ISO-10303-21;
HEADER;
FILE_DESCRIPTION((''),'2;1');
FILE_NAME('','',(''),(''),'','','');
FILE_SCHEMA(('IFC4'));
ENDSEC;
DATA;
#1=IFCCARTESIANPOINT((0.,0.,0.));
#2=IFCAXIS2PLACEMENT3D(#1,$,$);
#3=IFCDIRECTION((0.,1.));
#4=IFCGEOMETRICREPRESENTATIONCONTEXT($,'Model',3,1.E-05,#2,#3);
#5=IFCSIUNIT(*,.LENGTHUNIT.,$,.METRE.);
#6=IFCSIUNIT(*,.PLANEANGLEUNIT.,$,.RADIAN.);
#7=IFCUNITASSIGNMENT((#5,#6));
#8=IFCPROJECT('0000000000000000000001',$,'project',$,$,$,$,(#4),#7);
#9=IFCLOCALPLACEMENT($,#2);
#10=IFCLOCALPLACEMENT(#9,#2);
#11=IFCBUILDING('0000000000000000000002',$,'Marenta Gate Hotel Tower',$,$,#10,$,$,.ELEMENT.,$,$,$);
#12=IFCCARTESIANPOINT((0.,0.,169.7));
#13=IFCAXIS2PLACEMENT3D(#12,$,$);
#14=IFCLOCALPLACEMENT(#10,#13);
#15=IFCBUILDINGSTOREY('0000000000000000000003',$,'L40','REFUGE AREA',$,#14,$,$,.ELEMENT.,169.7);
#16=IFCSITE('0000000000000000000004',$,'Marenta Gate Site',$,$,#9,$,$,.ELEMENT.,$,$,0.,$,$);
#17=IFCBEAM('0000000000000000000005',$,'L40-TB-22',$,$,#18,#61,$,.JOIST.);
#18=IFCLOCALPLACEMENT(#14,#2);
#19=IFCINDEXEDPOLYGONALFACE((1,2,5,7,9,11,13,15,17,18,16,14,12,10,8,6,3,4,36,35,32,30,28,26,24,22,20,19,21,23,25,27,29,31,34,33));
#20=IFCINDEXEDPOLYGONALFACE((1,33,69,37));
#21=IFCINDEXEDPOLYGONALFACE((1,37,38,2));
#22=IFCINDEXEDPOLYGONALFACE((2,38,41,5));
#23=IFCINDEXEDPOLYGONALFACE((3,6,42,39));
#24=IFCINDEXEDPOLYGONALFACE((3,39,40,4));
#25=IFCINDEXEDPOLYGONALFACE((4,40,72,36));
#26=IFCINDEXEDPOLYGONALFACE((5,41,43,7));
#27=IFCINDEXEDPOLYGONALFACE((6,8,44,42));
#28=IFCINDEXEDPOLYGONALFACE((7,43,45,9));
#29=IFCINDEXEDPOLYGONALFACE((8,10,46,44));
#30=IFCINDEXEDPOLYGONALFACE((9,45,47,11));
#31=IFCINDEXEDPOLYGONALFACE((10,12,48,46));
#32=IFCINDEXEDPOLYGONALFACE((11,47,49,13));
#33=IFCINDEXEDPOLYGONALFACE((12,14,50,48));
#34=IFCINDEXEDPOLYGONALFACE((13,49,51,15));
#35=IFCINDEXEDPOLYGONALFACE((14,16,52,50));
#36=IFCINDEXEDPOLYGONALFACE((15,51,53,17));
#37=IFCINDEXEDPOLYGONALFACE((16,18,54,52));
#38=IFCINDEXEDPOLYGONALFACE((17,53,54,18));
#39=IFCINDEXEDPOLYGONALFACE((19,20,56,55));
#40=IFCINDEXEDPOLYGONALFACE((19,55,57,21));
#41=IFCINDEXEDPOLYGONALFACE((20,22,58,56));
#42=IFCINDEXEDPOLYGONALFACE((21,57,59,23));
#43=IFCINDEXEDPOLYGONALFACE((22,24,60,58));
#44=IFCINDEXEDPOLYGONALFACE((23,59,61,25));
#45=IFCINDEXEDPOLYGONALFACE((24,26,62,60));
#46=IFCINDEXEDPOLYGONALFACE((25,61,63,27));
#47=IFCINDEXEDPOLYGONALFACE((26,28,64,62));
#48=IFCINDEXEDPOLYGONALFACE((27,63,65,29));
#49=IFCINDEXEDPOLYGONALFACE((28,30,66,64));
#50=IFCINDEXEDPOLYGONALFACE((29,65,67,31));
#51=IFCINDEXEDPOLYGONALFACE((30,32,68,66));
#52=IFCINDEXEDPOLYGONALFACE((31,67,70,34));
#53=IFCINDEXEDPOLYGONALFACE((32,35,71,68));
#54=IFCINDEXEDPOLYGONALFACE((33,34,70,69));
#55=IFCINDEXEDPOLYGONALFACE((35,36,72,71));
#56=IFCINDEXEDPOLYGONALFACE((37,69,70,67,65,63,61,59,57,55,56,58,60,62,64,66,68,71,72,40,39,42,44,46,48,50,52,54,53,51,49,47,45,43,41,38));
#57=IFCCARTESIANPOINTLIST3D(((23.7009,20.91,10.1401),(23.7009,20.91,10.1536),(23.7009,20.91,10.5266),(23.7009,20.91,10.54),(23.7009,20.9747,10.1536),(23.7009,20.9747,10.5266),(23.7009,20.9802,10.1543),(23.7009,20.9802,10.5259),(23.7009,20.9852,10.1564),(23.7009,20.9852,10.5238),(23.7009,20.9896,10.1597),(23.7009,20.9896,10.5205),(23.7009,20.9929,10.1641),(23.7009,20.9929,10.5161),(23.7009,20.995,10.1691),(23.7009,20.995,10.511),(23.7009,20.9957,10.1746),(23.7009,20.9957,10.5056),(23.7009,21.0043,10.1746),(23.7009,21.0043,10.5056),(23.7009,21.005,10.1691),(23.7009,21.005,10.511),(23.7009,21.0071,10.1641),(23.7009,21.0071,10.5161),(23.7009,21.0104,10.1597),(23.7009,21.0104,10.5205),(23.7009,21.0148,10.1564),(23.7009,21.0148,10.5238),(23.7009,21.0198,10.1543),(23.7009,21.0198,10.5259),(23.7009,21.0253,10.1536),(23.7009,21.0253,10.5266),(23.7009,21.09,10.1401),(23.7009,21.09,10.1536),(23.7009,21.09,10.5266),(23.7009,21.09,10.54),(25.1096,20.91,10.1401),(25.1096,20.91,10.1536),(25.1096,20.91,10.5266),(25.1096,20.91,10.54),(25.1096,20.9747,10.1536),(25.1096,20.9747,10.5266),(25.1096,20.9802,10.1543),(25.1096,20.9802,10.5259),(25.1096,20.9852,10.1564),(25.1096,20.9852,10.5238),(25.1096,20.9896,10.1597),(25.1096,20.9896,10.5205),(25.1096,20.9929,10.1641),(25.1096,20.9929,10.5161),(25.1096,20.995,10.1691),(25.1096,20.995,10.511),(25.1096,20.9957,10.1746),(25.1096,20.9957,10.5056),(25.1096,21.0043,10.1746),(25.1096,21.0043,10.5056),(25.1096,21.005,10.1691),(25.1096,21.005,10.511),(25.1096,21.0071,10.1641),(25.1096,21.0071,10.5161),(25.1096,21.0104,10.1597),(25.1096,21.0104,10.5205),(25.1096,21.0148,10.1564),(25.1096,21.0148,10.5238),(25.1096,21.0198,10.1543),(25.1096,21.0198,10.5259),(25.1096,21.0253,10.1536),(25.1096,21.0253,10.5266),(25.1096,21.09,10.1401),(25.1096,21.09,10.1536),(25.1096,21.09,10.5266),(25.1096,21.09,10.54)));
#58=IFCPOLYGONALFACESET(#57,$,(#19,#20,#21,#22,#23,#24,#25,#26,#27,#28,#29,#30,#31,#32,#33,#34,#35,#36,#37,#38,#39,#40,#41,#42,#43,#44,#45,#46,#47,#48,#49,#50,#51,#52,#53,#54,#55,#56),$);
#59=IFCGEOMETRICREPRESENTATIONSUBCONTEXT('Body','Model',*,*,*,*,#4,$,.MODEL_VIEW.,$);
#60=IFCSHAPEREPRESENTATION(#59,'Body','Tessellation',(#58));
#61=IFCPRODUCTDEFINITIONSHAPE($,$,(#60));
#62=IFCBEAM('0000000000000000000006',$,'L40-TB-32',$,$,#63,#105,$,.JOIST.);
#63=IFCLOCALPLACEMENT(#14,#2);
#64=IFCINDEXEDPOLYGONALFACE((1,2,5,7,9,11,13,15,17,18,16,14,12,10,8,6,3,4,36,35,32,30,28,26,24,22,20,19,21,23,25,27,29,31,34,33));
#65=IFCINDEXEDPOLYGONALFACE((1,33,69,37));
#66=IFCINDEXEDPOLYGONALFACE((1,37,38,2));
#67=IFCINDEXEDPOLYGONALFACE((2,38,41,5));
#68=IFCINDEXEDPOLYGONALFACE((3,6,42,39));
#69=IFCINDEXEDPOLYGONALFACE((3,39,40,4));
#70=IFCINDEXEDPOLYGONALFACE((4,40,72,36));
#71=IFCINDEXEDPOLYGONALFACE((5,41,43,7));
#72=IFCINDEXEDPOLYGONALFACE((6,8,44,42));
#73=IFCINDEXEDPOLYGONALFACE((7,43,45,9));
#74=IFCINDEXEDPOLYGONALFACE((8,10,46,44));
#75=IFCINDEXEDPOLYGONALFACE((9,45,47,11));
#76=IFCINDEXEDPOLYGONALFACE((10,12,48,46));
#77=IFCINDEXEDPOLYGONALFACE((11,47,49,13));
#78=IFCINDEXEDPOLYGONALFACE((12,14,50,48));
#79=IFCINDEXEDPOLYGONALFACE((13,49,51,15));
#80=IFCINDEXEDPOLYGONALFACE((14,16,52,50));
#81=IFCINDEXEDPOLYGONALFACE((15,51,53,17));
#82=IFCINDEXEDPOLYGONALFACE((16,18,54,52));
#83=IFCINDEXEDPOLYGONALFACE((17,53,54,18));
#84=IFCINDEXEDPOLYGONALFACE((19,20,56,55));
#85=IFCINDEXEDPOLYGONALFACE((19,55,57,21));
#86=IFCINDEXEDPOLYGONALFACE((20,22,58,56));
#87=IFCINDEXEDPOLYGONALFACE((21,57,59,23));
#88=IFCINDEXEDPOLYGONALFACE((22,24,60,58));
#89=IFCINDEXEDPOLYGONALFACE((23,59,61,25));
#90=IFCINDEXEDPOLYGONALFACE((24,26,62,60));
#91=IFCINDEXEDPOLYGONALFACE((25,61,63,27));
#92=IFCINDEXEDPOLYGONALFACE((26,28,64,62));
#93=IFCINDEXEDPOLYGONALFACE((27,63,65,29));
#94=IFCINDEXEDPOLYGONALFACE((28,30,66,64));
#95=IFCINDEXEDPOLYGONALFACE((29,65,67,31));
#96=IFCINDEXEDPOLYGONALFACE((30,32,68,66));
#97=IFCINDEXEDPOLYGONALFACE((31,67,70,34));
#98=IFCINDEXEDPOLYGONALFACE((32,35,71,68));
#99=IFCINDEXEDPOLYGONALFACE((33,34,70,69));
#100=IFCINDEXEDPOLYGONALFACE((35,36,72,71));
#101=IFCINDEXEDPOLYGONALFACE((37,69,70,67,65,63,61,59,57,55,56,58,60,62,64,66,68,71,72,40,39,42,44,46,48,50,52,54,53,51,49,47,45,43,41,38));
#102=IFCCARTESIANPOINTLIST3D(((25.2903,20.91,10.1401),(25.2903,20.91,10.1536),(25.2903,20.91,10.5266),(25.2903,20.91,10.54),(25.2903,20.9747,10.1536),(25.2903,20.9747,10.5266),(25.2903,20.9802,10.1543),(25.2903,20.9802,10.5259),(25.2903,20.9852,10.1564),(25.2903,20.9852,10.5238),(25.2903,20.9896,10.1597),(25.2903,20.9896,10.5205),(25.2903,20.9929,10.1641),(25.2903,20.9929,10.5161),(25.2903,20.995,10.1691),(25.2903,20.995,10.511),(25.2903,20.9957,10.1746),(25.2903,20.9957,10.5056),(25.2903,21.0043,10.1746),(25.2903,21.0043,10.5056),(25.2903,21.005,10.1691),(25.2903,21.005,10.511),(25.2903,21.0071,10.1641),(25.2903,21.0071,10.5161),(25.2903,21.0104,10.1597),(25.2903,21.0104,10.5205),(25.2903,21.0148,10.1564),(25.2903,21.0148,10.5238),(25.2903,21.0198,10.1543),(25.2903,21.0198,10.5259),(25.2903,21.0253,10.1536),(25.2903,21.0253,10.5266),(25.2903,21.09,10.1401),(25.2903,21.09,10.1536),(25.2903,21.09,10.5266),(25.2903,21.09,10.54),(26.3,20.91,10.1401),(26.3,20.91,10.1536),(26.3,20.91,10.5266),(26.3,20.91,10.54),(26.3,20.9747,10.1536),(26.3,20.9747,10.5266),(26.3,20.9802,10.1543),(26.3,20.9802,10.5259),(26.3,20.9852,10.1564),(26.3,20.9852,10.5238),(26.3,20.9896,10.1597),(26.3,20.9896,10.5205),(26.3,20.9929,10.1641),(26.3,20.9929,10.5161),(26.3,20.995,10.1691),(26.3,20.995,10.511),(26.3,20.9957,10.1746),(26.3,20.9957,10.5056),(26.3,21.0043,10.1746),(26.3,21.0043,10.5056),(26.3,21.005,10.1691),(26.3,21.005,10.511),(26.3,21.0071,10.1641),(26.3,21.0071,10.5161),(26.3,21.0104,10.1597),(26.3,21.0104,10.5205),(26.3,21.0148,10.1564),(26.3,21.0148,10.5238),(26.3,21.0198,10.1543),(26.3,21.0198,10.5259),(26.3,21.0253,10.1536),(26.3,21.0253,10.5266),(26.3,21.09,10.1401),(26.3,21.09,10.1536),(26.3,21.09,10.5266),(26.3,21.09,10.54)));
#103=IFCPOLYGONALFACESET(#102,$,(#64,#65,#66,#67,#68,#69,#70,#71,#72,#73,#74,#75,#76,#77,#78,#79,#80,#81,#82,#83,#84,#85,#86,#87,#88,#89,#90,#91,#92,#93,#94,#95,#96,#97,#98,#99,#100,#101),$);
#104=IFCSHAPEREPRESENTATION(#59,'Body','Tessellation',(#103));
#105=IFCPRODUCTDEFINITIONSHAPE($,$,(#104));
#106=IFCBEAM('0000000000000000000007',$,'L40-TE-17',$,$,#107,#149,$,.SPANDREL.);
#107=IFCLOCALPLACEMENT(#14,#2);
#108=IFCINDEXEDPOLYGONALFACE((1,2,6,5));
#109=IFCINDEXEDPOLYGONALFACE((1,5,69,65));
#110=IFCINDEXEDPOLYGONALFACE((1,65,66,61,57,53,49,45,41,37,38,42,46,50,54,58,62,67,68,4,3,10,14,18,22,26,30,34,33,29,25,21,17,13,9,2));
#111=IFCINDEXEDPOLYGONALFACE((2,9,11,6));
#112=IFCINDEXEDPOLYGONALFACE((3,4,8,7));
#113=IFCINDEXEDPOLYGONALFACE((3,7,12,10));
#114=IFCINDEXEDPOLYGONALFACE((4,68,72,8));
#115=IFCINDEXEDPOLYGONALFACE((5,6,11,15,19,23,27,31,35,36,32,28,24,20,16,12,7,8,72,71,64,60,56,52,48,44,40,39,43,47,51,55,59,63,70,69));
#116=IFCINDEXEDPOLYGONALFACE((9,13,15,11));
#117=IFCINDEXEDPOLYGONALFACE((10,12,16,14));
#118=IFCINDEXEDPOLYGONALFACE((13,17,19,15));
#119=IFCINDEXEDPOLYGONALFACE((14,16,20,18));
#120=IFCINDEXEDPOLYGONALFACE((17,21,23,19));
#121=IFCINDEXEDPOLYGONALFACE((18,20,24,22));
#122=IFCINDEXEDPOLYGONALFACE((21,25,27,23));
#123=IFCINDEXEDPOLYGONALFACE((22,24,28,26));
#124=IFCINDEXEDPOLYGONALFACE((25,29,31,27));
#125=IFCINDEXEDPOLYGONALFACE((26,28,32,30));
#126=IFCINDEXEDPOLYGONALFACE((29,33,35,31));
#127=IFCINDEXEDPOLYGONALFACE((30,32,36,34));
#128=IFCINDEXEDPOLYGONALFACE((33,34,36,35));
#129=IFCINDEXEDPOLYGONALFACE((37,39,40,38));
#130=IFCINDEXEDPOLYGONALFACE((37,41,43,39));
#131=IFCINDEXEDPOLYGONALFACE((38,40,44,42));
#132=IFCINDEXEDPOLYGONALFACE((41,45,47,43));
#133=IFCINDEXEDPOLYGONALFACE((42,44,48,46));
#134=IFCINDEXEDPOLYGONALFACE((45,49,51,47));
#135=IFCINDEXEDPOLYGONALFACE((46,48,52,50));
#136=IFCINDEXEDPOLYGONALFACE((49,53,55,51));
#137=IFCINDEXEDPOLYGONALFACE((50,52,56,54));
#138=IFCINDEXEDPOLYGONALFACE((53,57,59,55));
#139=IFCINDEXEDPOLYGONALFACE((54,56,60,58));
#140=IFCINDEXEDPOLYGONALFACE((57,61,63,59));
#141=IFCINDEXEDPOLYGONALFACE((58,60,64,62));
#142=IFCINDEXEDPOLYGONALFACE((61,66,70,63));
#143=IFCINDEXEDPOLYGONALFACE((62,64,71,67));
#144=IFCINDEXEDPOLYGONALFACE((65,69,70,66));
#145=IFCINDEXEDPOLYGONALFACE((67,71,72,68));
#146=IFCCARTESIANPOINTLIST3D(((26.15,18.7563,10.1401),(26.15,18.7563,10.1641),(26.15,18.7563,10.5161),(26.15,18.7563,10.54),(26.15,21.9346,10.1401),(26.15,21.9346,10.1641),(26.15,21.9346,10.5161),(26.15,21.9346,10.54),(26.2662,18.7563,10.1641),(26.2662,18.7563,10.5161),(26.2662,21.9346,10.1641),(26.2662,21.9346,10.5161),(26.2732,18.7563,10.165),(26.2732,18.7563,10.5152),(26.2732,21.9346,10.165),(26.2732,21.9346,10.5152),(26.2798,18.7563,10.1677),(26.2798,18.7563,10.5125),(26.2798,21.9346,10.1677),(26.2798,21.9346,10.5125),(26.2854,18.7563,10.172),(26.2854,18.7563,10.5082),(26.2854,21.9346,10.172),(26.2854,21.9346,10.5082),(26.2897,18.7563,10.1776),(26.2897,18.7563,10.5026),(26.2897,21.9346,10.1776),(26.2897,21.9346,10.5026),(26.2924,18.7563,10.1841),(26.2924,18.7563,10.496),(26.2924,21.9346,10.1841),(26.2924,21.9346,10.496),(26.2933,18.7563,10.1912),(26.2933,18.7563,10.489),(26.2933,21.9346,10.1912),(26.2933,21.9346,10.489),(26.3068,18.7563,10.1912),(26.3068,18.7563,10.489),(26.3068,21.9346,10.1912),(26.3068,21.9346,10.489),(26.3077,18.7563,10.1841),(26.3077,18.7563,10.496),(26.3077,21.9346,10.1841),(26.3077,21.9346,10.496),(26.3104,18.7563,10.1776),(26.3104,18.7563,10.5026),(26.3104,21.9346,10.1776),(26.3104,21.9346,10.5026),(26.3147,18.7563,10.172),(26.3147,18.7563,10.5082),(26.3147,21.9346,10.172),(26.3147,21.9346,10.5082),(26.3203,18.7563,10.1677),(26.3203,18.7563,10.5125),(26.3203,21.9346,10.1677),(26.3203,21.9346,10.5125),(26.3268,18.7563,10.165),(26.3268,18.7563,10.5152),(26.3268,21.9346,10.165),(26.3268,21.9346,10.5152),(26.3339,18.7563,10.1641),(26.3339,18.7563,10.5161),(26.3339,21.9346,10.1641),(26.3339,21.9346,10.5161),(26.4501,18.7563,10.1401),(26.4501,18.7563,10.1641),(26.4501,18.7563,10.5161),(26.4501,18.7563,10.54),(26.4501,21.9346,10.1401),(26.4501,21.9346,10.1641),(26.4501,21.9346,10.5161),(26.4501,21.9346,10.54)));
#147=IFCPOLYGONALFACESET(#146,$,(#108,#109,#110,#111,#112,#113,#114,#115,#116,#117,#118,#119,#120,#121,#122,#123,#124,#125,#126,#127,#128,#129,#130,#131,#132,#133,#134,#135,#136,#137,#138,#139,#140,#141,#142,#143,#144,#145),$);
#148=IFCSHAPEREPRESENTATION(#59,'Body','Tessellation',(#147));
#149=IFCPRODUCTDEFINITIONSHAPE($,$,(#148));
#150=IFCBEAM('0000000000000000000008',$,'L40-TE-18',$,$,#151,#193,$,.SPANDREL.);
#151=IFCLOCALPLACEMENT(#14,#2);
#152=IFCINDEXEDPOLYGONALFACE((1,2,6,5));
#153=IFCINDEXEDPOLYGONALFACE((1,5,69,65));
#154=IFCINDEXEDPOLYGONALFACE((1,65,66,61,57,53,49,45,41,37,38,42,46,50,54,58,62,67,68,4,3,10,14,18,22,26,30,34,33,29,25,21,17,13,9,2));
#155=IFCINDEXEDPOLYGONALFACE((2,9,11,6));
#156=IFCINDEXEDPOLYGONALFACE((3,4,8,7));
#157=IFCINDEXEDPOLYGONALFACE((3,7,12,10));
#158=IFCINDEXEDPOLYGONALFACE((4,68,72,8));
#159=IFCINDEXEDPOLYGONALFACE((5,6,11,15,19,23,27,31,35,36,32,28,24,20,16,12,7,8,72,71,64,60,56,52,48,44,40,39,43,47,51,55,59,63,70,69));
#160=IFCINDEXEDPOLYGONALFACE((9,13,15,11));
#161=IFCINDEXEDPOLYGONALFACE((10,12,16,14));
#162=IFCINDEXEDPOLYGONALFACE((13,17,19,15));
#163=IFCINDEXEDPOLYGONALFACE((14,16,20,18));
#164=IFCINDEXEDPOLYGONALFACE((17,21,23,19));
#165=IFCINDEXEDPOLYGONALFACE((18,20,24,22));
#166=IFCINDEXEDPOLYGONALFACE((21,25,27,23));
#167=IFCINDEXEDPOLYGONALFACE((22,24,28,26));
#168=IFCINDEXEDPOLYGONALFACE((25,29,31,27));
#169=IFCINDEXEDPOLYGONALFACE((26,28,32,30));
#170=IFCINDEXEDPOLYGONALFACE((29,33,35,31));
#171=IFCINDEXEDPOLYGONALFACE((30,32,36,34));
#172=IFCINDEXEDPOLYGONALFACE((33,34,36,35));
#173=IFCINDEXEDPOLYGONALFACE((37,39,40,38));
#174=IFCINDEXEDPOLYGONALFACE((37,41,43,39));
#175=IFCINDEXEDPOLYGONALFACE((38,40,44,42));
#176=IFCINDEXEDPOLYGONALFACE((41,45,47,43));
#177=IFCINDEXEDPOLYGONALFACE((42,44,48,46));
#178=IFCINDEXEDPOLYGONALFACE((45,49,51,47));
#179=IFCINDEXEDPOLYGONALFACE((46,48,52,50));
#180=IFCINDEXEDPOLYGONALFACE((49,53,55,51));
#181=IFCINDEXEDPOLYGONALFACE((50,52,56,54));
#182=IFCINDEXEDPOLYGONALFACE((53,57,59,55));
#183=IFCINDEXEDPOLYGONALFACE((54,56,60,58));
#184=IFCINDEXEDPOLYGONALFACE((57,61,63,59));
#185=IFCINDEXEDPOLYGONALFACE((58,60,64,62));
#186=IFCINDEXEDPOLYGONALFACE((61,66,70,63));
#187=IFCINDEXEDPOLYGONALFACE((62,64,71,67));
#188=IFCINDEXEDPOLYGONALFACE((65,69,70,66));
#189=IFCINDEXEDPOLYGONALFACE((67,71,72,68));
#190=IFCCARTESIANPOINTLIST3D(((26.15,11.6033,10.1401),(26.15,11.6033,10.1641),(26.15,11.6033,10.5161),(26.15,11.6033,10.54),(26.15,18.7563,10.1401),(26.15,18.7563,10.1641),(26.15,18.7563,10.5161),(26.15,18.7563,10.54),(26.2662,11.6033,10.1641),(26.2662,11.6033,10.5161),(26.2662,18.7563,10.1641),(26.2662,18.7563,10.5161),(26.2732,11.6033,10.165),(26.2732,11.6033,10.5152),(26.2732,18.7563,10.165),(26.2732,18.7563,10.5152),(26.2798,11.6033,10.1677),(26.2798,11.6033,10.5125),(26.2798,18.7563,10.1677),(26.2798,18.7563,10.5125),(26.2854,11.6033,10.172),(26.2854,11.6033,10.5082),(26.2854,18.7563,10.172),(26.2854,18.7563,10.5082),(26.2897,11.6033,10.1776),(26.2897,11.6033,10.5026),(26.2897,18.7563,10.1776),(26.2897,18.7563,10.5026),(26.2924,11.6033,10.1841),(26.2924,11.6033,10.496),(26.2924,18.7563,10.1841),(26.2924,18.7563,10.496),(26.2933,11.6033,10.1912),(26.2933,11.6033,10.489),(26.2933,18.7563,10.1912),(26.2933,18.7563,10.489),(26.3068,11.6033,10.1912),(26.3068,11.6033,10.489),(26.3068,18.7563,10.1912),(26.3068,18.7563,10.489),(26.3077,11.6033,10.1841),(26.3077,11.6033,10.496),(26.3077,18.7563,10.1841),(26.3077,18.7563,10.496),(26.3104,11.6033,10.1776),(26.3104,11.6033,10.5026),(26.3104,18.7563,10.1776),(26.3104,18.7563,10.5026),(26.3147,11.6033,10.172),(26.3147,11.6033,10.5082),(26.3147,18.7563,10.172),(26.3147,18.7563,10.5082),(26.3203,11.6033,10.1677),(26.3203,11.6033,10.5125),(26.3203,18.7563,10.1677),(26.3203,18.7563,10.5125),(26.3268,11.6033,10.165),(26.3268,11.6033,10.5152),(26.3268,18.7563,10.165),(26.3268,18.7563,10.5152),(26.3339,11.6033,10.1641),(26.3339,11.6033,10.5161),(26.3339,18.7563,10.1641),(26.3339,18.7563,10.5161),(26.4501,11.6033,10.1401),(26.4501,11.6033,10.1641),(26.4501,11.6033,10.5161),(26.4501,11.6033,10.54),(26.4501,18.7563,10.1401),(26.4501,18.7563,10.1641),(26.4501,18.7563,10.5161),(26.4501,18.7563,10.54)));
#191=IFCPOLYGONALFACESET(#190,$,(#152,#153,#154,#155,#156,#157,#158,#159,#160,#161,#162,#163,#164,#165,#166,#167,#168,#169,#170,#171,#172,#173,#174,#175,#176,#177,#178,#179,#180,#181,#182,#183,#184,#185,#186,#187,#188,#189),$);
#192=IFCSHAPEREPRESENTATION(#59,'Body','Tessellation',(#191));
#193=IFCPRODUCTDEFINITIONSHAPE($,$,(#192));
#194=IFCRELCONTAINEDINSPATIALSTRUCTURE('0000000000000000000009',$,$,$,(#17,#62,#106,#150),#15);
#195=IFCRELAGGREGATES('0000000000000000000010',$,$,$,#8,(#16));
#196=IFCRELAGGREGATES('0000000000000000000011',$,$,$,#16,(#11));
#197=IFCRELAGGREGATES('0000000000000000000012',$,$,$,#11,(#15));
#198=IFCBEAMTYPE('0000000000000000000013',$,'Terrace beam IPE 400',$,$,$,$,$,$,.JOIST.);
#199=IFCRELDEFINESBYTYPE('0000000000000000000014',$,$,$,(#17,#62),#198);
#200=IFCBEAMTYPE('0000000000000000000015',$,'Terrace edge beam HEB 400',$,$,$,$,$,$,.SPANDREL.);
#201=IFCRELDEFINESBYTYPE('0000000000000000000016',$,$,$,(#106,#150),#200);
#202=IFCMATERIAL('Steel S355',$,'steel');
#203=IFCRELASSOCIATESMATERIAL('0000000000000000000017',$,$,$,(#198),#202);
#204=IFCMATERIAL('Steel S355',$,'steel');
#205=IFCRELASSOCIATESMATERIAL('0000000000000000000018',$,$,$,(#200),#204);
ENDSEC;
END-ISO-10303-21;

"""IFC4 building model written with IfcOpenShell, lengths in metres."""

from ifc_helpers import new_model, si_unit, direction, frame, origin, origin_2d, place, context, subcontext, project, spatial, i_section, extrude, material, material_profile, profile_set, type_object, element, save


model = new_model("IFC4")

# Units and contexts
model_context = context("Model", 3, precision=1e-05, world=origin(), true_north=direction((0.0, 1.0)))
body_context = subcontext(model_context, "Body", "Model", "MODEL_VIEW")
ifc_project = project(units=[si_unit("LENGTHUNIT", "METRE"), si_unit("PLANEANGLEUNIT", "RADIAN")], contexts=[model_context])

# Site, building, storey
site_placement = place(None, origin())
site = spatial("IfcSite", under=ifc_project, at=site_placement, Name="Marenta Gate Site", CompositionType="ELEMENT", RefElevation=0.0)
building_placement = place(site_placement, origin())
building = spatial("IfcBuilding", under=site, at=building_placement, Name="Marenta Gate Hotel Tower", CompositionType="ELEMENT")
storey_placement = place(building_placement, frame((0.0, 0.0, 169.7)))
storey = spatial("IfcBuildingStorey", under=building, at=storey_placement, Name="L40", Description="REFUGE AREA", CompositionType="ELEMENT", Elevation=169.7)

# Beams
ifc_material_1 = material(Name="Steel S355", Category="steel")
ifc_material_profile_1 = material_profile(ifc_material_1, i_section(OverallWidth=0.1799, OverallDepth=0.3999, WebThickness=0.0085, FlangeThickness=0.0134, FilletRadius=0.021, at=origin_2d()), Name="IPE 400")
ifc_profile_set_1 = profile_set([ifc_material_profile_1], Name="Steel S355")
beam_type_1 = type_object("IfcBeamType", Name="Terrace beam IPE 400", PredefinedType="JOIST", material=ifc_profile_set_1)
beam_1_placement = place(storey_placement, frame((23.7009, 21.0, 10.3401), z_axis=(1.0, 0.0, 0.0), x_axis=(0.0, 1.0, 0.0)))
element("IfcBeam", 1, at=beam_1_placement, inside=storey, type_object=beam_type_1, Name="L40-TB-22", PredefinedType="JOIST", context=body_context, shape_type="SweptSolid", body=[
    extrude(i_section(OverallWidth=0.1799, OverallDepth=0.3999, WebThickness=0.0085, FlangeThickness=0.0134, FilletRadius=0.021, at=origin_2d()), origin(), (0.0, 0.0, 1.0), 1.4087),
])
beam_2_placement = place(storey_placement, frame((25.2903, 21.0, 10.3401), z_axis=(1.0, 0.0, 0.0), x_axis=(0.0, 1.0, 0.0)))
element("IfcBeam", 2, at=beam_2_placement, inside=storey, type_object=beam_type_1, Name="L40-TB-32", PredefinedType="JOIST", context=body_context, shape_type="SweptSolid", body=[
    extrude(i_section(OverallWidth=0.1799, OverallDepth=0.3999, WebThickness=0.0085, FlangeThickness=0.0134, FilletRadius=0.021, at=origin_2d()), origin(), (0.0, 0.0, 1.0), 1.0098),
])
ifc_material_2 = material(Name="Steel S355", Category="steel")
ifc_material_profile_2 = material_profile(ifc_material_2, i_section(OverallWidth=0.3, OverallDepth=0.3999, WebThickness=0.0134, FlangeThickness=0.0239, FilletRadius=0.0271, at=origin_2d()), Name="HEB 400")
ifc_profile_set_2 = profile_set([ifc_material_profile_2], Name="Steel S355")
beam_type_2 = type_object("IfcBeamType", Name="Terrace edge beam HEB 400", PredefinedType="SPANDREL", material=ifc_profile_set_2)
beam_3_placement = place(storey_placement, frame((26.3, 21.9346, 10.3401), z_axis=(0.0, -1.0, 0.0), x_axis=(1.0, 0.0, 0.0)))
element("IfcBeam", 3, at=beam_3_placement, inside=storey, type_object=beam_type_2, Name="L40-TE-17", PredefinedType="SPANDREL", context=body_context, shape_type="SweptSolid", body=[
    extrude(i_section(OverallWidth=0.3, OverallDepth=0.3999, WebThickness=0.0134, FlangeThickness=0.0239, FilletRadius=0.0271, at=origin_2d()), origin(), (0.0, 0.0, 1.0), 3.1782),
])
beam_4_placement = place(storey_placement, frame((26.3, 18.7563, 10.3401), z_axis=(0.0, -1.0, 0.0), x_axis=(1.0, 0.0, 0.0)))
element("IfcBeam", 4, at=beam_4_placement, inside=storey, type_object=beam_type_2, Name="L40-TE-18", PredefinedType="SPANDREL", context=body_context, shape_type="SweptSolid", body=[
    extrude(i_section(OverallWidth=0.3, OverallDepth=0.3999, WebThickness=0.0134, FlangeThickness=0.0239, FilletRadius=0.0271, at=origin_2d()), origin(), (0.0, 0.0, 1.0), 7.1531),
])

save(model, "model.ifc")
